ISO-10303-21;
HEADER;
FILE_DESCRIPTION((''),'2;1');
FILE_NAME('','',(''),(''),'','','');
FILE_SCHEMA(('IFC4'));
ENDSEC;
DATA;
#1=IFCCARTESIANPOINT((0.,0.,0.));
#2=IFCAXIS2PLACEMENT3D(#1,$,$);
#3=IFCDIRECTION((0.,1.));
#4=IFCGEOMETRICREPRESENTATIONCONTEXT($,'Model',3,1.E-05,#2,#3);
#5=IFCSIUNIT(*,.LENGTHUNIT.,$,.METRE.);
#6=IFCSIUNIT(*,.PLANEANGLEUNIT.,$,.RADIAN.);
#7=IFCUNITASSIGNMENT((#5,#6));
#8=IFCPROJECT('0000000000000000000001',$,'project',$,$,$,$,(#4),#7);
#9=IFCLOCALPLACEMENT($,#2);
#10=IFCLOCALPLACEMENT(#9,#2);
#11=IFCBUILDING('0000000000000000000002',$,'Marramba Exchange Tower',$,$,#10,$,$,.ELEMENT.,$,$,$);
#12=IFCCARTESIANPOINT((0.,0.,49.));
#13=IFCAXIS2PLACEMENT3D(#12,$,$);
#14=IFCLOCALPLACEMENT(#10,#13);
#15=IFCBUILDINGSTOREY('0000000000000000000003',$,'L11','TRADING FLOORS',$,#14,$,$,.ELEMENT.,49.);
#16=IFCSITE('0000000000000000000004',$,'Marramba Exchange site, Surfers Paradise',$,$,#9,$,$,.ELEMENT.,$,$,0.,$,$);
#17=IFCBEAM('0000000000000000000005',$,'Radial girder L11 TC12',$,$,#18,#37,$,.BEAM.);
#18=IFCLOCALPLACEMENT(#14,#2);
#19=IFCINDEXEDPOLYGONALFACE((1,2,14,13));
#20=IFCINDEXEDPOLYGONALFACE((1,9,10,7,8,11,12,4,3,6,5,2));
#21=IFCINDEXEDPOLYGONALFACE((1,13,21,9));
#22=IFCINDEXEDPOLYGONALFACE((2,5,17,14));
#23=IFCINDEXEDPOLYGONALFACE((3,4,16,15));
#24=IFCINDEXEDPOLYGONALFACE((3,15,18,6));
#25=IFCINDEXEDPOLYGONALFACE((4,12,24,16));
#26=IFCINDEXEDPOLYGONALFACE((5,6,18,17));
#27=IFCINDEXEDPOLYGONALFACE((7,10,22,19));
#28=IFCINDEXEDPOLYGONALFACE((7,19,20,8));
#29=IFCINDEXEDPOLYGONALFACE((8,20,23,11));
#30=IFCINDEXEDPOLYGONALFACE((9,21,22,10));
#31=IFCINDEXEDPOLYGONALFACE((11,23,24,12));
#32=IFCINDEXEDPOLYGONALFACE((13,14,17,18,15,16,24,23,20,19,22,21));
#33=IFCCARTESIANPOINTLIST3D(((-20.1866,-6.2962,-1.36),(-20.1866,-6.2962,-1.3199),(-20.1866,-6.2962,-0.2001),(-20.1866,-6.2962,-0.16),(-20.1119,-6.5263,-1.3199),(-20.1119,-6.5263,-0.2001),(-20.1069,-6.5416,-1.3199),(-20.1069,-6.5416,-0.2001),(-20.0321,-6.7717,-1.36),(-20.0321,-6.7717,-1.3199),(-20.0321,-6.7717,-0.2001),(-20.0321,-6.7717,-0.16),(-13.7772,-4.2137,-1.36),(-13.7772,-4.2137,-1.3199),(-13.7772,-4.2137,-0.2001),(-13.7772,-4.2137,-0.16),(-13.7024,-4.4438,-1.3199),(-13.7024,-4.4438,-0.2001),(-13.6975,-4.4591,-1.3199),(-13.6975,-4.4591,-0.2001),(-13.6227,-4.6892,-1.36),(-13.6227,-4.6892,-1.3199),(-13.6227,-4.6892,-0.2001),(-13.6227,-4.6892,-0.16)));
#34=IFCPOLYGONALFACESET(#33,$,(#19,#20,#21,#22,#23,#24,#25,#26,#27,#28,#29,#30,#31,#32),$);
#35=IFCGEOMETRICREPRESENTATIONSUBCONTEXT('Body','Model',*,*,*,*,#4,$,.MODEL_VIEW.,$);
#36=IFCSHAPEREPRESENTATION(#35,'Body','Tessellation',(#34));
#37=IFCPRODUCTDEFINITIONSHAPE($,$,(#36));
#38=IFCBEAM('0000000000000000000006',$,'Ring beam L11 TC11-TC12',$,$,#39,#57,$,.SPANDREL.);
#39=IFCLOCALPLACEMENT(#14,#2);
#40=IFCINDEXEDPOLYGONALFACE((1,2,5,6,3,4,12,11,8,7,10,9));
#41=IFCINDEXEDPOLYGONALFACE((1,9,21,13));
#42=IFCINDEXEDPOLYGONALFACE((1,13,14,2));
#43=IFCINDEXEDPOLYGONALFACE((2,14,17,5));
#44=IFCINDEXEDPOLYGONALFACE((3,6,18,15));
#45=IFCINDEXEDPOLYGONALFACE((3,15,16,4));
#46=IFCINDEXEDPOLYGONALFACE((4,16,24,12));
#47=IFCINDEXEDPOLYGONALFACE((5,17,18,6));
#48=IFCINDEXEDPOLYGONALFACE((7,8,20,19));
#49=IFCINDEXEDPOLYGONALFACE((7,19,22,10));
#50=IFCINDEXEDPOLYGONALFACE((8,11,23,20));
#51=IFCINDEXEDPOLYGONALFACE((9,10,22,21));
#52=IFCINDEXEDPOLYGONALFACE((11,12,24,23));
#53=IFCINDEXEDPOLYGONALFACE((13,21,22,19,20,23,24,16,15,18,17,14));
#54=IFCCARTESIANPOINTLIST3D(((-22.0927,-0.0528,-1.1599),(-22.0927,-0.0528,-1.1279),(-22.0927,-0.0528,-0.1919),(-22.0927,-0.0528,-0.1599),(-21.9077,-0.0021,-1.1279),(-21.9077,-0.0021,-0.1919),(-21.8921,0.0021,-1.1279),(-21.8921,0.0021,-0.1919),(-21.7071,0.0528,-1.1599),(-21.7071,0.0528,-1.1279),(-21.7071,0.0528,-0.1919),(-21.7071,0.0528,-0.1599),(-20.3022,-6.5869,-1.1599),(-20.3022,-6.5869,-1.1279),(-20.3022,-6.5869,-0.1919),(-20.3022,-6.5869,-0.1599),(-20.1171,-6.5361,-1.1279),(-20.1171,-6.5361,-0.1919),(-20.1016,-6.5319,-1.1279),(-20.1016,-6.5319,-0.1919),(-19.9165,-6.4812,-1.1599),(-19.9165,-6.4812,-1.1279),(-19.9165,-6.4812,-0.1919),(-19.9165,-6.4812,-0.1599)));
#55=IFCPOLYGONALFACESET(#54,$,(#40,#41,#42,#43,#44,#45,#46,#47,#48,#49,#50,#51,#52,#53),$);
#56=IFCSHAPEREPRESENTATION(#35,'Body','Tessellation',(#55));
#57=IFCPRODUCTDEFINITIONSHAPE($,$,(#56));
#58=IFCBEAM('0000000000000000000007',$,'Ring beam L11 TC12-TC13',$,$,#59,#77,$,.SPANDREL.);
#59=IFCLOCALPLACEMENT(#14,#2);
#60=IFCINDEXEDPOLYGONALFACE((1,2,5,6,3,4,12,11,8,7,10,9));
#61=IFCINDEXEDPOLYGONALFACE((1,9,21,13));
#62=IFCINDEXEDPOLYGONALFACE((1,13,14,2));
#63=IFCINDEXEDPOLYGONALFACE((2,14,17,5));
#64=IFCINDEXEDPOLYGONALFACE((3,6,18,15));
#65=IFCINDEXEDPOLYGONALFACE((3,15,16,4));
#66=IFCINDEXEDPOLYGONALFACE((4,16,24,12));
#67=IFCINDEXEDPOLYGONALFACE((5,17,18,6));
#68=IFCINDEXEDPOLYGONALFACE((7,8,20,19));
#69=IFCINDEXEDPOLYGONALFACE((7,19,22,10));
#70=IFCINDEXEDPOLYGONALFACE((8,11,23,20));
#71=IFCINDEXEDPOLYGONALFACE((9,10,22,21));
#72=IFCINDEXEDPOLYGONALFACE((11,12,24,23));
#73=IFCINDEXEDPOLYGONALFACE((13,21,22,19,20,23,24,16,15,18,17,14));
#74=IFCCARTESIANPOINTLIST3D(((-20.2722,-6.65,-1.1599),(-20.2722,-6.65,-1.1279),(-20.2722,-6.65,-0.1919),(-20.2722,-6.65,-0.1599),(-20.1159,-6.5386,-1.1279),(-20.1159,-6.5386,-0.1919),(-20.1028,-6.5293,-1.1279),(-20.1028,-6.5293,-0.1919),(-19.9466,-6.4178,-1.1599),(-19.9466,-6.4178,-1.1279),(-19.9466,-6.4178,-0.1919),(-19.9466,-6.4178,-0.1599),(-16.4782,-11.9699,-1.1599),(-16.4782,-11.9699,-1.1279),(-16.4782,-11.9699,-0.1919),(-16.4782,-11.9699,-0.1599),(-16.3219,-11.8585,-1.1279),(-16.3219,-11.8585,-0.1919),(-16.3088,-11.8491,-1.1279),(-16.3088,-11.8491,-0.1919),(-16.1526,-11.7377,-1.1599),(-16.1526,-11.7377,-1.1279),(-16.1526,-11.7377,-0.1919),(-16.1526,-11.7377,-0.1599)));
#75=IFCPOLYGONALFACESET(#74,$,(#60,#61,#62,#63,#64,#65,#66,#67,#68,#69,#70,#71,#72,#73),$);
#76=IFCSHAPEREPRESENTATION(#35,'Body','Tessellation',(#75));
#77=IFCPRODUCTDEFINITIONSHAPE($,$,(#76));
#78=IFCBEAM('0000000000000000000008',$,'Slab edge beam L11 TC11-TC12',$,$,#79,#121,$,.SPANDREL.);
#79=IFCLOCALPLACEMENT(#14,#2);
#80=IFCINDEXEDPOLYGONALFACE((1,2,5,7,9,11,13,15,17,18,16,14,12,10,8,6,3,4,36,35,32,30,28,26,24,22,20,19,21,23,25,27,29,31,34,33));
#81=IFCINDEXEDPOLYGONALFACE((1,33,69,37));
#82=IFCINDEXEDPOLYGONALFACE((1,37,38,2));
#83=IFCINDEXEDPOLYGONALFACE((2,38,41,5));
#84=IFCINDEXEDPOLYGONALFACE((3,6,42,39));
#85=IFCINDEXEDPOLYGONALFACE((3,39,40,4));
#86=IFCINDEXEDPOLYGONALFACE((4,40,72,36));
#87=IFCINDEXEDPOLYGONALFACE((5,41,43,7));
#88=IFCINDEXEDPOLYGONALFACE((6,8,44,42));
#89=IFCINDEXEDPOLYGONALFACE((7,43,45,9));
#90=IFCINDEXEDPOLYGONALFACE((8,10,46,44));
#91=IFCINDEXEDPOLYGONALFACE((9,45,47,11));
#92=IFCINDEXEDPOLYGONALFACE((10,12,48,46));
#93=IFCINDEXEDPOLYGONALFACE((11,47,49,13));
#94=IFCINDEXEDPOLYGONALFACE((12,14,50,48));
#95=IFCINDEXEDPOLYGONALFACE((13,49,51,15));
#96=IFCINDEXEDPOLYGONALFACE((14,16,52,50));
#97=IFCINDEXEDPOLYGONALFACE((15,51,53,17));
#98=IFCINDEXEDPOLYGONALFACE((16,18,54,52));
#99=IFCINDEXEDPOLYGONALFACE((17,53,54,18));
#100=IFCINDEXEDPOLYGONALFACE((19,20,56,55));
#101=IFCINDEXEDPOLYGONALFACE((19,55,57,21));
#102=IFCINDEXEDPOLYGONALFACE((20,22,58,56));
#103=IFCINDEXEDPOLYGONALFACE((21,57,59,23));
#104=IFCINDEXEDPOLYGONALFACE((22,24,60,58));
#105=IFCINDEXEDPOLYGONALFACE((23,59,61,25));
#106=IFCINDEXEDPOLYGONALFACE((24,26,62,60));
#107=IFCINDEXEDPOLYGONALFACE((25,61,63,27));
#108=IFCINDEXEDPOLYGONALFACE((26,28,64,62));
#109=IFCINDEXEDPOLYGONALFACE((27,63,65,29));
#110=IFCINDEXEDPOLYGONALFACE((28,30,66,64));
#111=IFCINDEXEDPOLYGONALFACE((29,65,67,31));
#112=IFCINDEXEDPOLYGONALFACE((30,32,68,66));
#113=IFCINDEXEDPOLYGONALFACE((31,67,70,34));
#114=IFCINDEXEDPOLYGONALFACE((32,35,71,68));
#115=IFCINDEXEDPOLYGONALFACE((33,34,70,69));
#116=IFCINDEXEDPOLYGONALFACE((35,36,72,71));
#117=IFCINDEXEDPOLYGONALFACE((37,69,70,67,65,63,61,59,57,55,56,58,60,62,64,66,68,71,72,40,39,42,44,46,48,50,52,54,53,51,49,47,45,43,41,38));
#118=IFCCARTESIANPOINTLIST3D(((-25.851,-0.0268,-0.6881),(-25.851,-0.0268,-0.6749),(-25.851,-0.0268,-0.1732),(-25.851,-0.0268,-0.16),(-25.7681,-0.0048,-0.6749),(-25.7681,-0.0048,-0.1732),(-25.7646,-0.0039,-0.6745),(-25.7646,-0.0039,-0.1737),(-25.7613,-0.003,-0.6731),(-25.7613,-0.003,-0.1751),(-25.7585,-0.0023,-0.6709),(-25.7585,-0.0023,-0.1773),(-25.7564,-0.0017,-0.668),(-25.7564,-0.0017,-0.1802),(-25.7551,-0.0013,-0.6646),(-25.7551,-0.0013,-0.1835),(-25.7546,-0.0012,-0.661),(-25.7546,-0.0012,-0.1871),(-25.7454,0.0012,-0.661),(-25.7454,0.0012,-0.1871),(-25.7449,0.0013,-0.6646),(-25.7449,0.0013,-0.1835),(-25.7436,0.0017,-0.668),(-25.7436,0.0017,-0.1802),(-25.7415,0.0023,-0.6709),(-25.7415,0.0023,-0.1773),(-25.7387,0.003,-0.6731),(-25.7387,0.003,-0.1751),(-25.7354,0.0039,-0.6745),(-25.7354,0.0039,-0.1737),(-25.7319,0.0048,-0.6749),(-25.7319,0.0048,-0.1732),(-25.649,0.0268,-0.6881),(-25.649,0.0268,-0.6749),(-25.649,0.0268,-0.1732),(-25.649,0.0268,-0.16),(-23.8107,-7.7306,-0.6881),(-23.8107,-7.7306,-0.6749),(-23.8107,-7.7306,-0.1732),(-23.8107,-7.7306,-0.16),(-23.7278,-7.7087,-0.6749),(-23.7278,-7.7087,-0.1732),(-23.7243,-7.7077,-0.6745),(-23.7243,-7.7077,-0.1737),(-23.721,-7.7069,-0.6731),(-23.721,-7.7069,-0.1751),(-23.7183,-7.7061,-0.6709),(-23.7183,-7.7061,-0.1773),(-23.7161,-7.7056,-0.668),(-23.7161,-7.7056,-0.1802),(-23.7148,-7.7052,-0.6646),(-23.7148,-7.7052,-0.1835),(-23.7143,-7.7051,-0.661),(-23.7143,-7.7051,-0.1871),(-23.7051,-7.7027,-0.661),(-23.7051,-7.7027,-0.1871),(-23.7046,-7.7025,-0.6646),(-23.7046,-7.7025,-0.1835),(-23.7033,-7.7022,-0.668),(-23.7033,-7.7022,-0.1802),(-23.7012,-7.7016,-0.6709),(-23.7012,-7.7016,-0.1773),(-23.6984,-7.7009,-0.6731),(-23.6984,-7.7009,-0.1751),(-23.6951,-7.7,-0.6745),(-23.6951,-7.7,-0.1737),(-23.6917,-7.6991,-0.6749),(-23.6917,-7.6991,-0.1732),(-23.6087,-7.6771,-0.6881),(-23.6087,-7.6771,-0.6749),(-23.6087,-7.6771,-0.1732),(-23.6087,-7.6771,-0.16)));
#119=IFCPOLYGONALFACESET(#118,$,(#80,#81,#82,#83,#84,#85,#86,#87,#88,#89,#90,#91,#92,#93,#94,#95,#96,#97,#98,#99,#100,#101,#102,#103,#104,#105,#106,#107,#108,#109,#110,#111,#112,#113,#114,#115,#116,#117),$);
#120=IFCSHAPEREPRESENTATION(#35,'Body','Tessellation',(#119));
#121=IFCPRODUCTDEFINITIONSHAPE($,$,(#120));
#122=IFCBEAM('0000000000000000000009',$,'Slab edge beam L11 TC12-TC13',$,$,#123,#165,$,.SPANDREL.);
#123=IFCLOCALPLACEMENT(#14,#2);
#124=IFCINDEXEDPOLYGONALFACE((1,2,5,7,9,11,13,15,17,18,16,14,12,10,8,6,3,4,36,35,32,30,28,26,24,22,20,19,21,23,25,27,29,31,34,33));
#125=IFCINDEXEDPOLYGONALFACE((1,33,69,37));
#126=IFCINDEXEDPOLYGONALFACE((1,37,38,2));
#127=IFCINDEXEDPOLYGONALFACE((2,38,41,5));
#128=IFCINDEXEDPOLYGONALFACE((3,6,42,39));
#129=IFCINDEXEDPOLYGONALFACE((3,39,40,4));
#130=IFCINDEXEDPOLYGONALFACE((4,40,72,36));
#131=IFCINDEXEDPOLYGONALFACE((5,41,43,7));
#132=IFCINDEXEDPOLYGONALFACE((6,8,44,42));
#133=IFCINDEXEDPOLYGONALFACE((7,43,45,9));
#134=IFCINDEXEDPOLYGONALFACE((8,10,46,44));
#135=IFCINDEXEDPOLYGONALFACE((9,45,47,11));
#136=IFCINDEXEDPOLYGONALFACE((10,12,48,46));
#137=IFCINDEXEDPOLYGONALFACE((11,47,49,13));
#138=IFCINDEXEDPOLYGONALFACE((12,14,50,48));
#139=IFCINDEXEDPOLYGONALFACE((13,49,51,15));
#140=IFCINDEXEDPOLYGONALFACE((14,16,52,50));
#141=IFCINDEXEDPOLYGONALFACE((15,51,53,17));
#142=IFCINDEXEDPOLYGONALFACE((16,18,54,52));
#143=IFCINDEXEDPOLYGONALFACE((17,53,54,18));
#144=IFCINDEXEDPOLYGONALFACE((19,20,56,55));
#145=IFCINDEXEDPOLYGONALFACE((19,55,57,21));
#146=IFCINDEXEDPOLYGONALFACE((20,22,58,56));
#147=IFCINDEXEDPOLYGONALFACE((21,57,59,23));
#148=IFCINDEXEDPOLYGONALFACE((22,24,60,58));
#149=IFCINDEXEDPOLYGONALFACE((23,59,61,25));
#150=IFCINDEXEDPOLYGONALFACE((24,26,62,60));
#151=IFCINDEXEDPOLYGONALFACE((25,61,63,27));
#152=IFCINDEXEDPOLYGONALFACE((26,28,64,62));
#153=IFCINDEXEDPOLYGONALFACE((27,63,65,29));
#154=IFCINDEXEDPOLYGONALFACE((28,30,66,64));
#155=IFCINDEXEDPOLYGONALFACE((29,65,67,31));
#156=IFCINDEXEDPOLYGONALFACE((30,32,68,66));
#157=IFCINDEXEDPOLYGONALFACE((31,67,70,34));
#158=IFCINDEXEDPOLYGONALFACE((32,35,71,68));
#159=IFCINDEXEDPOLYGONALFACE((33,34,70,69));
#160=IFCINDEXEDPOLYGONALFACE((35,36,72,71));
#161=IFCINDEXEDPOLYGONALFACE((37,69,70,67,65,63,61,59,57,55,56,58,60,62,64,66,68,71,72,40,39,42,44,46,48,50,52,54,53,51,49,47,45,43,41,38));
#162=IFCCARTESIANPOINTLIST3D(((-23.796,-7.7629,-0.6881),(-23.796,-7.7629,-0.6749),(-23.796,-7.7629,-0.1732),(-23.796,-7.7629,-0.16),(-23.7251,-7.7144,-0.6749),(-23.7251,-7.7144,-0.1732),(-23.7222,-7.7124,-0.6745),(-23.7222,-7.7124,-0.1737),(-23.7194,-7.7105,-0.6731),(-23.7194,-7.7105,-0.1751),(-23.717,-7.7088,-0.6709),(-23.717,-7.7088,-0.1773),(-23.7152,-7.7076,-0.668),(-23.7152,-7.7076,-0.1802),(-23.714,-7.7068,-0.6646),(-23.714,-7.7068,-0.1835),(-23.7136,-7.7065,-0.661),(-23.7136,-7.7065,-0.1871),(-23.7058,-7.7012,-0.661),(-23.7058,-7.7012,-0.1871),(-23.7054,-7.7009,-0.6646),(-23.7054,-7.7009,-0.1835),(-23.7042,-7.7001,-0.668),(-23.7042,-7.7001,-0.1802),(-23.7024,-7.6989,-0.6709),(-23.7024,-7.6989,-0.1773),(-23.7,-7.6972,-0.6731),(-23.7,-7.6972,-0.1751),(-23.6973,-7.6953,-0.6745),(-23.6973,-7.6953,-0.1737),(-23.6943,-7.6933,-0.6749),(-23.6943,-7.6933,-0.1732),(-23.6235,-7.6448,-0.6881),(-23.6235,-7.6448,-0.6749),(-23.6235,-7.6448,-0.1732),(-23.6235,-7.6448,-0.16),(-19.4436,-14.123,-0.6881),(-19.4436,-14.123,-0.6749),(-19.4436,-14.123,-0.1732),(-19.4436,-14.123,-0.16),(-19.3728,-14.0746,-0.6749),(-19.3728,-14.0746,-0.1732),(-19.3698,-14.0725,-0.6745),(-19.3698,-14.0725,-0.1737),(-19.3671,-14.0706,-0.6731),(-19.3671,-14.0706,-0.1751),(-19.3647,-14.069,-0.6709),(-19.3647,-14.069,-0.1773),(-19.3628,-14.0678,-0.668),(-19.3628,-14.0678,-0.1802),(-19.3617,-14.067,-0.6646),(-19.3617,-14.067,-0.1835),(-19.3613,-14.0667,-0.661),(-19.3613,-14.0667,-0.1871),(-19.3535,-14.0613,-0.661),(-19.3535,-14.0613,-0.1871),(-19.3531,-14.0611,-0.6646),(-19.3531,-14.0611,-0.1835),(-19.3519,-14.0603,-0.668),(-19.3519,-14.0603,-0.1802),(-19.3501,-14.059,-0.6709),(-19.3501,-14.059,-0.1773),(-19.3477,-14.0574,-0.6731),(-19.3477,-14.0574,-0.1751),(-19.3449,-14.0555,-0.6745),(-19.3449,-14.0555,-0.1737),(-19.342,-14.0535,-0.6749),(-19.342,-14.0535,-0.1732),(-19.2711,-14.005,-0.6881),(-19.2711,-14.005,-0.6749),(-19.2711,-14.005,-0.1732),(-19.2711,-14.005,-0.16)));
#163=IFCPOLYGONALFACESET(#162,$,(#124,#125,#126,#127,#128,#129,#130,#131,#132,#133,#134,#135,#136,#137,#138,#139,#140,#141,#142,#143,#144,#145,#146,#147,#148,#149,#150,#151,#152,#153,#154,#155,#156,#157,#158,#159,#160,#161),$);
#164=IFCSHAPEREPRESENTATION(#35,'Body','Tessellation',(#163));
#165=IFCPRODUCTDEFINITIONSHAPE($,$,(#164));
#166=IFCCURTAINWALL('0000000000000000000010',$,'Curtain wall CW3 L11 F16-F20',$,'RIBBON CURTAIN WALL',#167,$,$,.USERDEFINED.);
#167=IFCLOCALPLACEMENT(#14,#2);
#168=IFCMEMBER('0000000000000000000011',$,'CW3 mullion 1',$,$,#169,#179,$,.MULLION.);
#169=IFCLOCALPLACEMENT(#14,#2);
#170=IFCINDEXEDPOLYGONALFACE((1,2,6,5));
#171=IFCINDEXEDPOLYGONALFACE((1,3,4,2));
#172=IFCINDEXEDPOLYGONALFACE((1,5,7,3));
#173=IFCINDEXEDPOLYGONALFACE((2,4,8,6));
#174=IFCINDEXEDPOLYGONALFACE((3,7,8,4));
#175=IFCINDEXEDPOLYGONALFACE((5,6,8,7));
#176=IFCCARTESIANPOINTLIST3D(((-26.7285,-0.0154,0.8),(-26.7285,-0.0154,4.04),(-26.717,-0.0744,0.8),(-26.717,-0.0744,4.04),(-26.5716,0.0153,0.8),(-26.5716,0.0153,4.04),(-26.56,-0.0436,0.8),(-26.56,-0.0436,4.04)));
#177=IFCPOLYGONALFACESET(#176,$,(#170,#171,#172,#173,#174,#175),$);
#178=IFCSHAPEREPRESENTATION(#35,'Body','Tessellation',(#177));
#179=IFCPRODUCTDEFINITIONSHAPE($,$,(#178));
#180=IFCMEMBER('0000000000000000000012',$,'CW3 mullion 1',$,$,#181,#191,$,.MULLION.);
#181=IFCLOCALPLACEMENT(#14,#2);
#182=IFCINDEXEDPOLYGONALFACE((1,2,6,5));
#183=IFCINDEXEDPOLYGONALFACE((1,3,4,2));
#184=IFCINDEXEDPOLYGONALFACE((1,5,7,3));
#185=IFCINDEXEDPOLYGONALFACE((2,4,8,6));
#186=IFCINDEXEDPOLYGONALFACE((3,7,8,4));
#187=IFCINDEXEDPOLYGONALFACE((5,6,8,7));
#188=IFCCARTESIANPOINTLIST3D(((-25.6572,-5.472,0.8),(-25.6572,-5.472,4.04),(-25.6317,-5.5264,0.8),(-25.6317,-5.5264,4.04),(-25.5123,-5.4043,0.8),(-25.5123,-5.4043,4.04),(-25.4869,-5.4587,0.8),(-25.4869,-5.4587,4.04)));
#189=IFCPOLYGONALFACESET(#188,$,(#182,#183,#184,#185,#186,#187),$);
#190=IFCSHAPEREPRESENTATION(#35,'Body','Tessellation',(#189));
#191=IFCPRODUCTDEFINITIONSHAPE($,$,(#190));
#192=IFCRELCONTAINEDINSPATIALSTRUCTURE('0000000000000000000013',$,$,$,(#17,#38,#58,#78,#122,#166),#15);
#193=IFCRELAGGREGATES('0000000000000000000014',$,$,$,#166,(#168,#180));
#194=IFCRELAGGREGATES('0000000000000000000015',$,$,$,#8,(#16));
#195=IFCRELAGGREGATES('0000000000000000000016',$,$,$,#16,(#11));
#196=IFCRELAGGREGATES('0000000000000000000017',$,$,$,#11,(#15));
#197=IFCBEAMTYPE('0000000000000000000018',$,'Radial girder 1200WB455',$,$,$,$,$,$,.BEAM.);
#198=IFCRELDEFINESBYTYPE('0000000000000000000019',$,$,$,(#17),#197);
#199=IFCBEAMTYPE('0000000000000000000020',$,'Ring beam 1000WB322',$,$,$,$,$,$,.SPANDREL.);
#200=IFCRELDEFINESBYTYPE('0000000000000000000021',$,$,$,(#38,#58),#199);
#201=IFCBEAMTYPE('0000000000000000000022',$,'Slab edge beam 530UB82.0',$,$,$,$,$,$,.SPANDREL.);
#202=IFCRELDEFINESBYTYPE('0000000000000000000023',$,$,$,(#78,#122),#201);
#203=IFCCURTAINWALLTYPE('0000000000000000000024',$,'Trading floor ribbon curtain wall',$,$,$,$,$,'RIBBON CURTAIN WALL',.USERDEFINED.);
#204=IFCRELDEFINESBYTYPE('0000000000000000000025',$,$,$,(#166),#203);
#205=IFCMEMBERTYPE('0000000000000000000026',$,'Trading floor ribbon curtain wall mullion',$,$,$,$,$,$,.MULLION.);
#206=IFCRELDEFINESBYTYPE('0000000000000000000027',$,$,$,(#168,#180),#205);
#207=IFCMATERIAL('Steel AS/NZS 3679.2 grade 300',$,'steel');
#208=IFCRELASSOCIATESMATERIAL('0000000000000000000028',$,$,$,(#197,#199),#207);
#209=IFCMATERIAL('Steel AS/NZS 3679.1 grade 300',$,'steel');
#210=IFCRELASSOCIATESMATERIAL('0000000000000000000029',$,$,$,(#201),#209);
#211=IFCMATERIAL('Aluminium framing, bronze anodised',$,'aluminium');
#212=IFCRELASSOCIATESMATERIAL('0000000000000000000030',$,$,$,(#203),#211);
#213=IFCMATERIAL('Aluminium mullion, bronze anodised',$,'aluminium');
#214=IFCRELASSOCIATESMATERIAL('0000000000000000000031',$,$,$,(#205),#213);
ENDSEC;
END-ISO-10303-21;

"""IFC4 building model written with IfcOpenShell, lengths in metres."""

from ifc_helpers import new_model, si_unit, direction, frame, origin, origin_2d, place, context, subcontext, project, spatial, rectangle, i_section, extrude, material, material_profile, profile_set, type_object, element, aggregate, save


model = new_model("IFC4")

# Units and contexts
model_context = context("Model", 3, precision=1e-05, world=origin(), true_north=direction((0.0, 1.0)))
body_context = subcontext(model_context, "Body", "Model", "MODEL_VIEW")
ifc_project = project(units=[si_unit("LENGTHUNIT", "METRE"), si_unit("PLANEANGLEUNIT", "RADIAN")], contexts=[model_context])

# Site, building, storey
site_placement = place(None, origin())
site = spatial("IfcSite", under=ifc_project, at=site_placement, Name="Marramba Exchange site, Surfers Paradise", CompositionType="ELEMENT", RefElevation=0.0)
building_placement = place(site_placement, origin())
building = spatial("IfcBuilding", under=site, at=building_placement, Name="Marramba Exchange Tower", CompositionType="ELEMENT")
storey_placement = place(building_placement, frame((0.0, 0.0, 49.0)))
storey = spatial("IfcBuildingStorey", under=building, at=storey_placement, Name="L11", Description="TRADING FLOORS", CompositionType="ELEMENT", Elevation=49.0)

# Beams
ifc_material_1 = material(Name="Steel AS/NZS 3679.2 grade 300", Category="steel")
ifc_material_2 = material(Name="Steel AS/NZS 3679.1 grade 300", Category="steel")
ifc_material_profile_1 = material_profile(ifc_material_1, i_section(OverallWidth=0.5, OverallDepth=1.2, WebThickness=0.0161, FlangeThickness=0.04, at=origin_2d()), Name="1200WB455")
ifc_profile_set_1 = profile_set([ifc_material_profile_1], Name="Steel AS/NZS 3679.2 grade 300")
beam_type_1 = type_object("IfcBeamType", Name="Radial girder 1200WB455", PredefinedType="BEAM", material=ifc_profile_set_1)
beam_1_placement = place(storey_placement, frame((-13.7, -4.4514, -0.76), z_axis=(-0.951058, -0.309013, 0.0), x_axis=(0.309013, -0.951058, 0.0)))
element("IfcBeam", 1, at=beam_1_placement, inside=storey, type_object=beam_type_1, Name="Radial girder L11 TC12", PredefinedType="BEAM", context=body_context, shape_type="SweptSolid", body=[
    extrude(i_section(OverallWidth=0.5, OverallDepth=1.2, WebThickness=0.0161, FlangeThickness=0.04, at=origin_2d()), origin(), (0.0, 0.0, 1.0), 6.7393),
])
ifc_material_profile_2 = material_profile(ifc_material_1, i_section(OverallWidth=0.3999, OverallDepth=1.0, WebThickness=0.0161, FlangeThickness=0.032, at=origin_2d()), Name="1000WB322")
ifc_profile_set_2 = profile_set([ifc_material_profile_2], Name="Steel AS/NZS 3679.2 grade 300")
beam_type_2 = type_object("IfcBeamType", Name="Ring beam 1000WB322", PredefinedType="SPANDREL", material=ifc_profile_set_2)
beam_2_placement = place(storey_placement, frame((-21.8999, 0.0, -0.6599), z_axis=(0.264291, -0.964443, 0.0), x_axis=(0.964443, 0.264291, 0.0)))
element("IfcBeam", 2, at=beam_2_placement, inside=storey, type_object=beam_type_2, Name="Ring beam L11 TC11-TC12", PredefinedType="SPANDREL", context=body_context, shape_type="SweptSolid", body=[
    extrude(i_section(OverallWidth=0.3999, OverallDepth=1.0, WebThickness=0.0161, FlangeThickness=0.032, at=origin_2d()), origin(), (0.0, 0.0, 1.0), 6.7749),
])
beam_3_placement = place(storey_placement, frame((-20.1094, -6.5339, -0.6599), z_axis=(0.580637, -0.814162, 0.0), x_axis=(0.814162, 0.580637, 0.0)))
element("IfcBeam", 3, at=beam_3_placement, inside=storey, type_object=beam_type_2, Name="Ring beam L11 TC12-TC13", PredefinedType="SPANDREL", context=body_context, shape_type="SweptSolid", body=[
    extrude(i_section(OverallWidth=0.3999, OverallDepth=1.0, WebThickness=0.0161, FlangeThickness=0.032, at=origin_2d()), origin(), (0.0, 0.0, 1.0), 6.5342),
])
ifc_material_profile_3 = material_profile(ifc_material_2, i_section(OverallWidth=0.209, OverallDepth=0.5281, WebThickness=0.0095, FlangeThickness=0.0132, FilletRadius=0.0139, at=origin_2d()), Name="530UB82.0")
ifc_profile_set_3 = profile_set([ifc_material_profile_3], Name="Steel AS/NZS 3679.1 grade 300")
beam_type_3 = type_object("IfcBeamType", Name="Slab edge beam 530UB82.0", PredefinedType="SPANDREL", material=ifc_profile_set_3)
beam_4_placement = place(storey_placement, frame((-25.75, 0.0, -0.4241), z_axis=(0.256013, -0.966673, 0.0), x_axis=(0.966673, 0.256013, 0.0)))
element("IfcBeam", 4, at=beam_4_placement, inside=storey, type_object=beam_type_3, Name="Slab edge beam L11 TC11-TC12", PredefinedType="SPANDREL", context=body_context, shape_type="SweptSolid", body=[
    extrude(i_section(OverallWidth=0.209, OverallDepth=0.5281, WebThickness=0.0095, FlangeThickness=0.0132, FilletRadius=0.0139, at=origin_2d()), origin(), (0.0, 0.0, 1.0), 7.9695),
])
beam_5_placement = place(storey_placement, frame((-23.7097, -7.7039, -0.4241), z_axis=(0.564741, -0.825268, 0.0), x_axis=(0.825268, 0.564741, 0.0)))
element("IfcBeam", 5, at=beam_5_placement, inside=storey, type_object=beam_type_3, Name="Slab edge beam L11 TC12-TC13", PredefinedType="SPANDREL", context=body_context, shape_type="SweptSolid", body=[
    extrude(i_section(OverallWidth=0.209, OverallDepth=0.5281, WebThickness=0.0095, FlangeThickness=0.0132, FilletRadius=0.0139, at=origin_2d()), origin(), (0.0, 0.0, 1.0), 7.7068),
])

# Curtain wall, members
ifc_material_3 = material(Name="Aluminium framing, bronze anodised", Category="aluminium")
curtain_wall_type = type_object("IfcCurtainWallType", Name="Trading floor ribbon curtain wall", ElementType="RIBBON CURTAIN WALL", PredefinedType="USERDEFINED", material=ifc_material_3)
curtain_wall_placement = place(storey_placement, origin())
curtain_wall = element("IfcCurtainWall", 6, at=curtain_wall_placement, inside=storey, type_object=curtain_wall_type, Name="Curtain wall CW3 L11 F16-F20", ObjectType="RIBBON CURTAIN WALL", PredefinedType="USERDEFINED")
ifc_material_4 = material(Name="Aluminium mullion, bronze anodised", Category="aluminium")
ifc_material_profile_4 = material_profile(ifc_material_4, rectangle(XDim=0.1599, YDim=0.0601, at=origin_2d()), Name="CW3 mullion 60x160")
ifc_profile_set_4 = profile_set([ifc_material_profile_4], Name="Aluminium mullion, bronze anodised")
member_type_1 = type_object("IfcMemberType", Name="Trading floor ribbon curtain wall mullion", PredefinedType="MULLION", material=ifc_profile_set_4)
member_1_placement = place(storey_placement, frame((-26.6443, -0.0295, 0.8), z_axis=(0.0, 0.0, 1.0), x_axis=(0.981346, 0.192249, 0.0)))
member_1 = element("IfcMember", 7, at=member_1_placement, type_object=member_type_1, Name="CW3 mullion 1", PredefinedType="MULLION", context=body_context, shape_type="SweptSolid", body=[
    extrude(rectangle(XDim=0.1599, YDim=0.0601, at=origin_2d()), origin(), (0.0, 0.0, 1.0), 3.24),
])
member_2_placement = place(storey_placement, frame((-25.572, -5.4653, 0.8), z_axis=(0.0, 0.0, 1.0), x_axis=(0.905907, 0.423477, 0.0)))
member_2 = element("IfcMember", 8, at=member_2_placement, type_object=member_type_1, Name="CW3 mullion 1", PredefinedType="MULLION", context=body_context, shape_type="SweptSolid", body=[
    extrude(rectangle(XDim=0.1599, YDim=0.0601, at=origin_2d()), origin(), (0.0, 0.0, 1.0), 3.24),
])
aggregate(curtain_wall, [member_1, member_2])

save(model, "model.ifc")
